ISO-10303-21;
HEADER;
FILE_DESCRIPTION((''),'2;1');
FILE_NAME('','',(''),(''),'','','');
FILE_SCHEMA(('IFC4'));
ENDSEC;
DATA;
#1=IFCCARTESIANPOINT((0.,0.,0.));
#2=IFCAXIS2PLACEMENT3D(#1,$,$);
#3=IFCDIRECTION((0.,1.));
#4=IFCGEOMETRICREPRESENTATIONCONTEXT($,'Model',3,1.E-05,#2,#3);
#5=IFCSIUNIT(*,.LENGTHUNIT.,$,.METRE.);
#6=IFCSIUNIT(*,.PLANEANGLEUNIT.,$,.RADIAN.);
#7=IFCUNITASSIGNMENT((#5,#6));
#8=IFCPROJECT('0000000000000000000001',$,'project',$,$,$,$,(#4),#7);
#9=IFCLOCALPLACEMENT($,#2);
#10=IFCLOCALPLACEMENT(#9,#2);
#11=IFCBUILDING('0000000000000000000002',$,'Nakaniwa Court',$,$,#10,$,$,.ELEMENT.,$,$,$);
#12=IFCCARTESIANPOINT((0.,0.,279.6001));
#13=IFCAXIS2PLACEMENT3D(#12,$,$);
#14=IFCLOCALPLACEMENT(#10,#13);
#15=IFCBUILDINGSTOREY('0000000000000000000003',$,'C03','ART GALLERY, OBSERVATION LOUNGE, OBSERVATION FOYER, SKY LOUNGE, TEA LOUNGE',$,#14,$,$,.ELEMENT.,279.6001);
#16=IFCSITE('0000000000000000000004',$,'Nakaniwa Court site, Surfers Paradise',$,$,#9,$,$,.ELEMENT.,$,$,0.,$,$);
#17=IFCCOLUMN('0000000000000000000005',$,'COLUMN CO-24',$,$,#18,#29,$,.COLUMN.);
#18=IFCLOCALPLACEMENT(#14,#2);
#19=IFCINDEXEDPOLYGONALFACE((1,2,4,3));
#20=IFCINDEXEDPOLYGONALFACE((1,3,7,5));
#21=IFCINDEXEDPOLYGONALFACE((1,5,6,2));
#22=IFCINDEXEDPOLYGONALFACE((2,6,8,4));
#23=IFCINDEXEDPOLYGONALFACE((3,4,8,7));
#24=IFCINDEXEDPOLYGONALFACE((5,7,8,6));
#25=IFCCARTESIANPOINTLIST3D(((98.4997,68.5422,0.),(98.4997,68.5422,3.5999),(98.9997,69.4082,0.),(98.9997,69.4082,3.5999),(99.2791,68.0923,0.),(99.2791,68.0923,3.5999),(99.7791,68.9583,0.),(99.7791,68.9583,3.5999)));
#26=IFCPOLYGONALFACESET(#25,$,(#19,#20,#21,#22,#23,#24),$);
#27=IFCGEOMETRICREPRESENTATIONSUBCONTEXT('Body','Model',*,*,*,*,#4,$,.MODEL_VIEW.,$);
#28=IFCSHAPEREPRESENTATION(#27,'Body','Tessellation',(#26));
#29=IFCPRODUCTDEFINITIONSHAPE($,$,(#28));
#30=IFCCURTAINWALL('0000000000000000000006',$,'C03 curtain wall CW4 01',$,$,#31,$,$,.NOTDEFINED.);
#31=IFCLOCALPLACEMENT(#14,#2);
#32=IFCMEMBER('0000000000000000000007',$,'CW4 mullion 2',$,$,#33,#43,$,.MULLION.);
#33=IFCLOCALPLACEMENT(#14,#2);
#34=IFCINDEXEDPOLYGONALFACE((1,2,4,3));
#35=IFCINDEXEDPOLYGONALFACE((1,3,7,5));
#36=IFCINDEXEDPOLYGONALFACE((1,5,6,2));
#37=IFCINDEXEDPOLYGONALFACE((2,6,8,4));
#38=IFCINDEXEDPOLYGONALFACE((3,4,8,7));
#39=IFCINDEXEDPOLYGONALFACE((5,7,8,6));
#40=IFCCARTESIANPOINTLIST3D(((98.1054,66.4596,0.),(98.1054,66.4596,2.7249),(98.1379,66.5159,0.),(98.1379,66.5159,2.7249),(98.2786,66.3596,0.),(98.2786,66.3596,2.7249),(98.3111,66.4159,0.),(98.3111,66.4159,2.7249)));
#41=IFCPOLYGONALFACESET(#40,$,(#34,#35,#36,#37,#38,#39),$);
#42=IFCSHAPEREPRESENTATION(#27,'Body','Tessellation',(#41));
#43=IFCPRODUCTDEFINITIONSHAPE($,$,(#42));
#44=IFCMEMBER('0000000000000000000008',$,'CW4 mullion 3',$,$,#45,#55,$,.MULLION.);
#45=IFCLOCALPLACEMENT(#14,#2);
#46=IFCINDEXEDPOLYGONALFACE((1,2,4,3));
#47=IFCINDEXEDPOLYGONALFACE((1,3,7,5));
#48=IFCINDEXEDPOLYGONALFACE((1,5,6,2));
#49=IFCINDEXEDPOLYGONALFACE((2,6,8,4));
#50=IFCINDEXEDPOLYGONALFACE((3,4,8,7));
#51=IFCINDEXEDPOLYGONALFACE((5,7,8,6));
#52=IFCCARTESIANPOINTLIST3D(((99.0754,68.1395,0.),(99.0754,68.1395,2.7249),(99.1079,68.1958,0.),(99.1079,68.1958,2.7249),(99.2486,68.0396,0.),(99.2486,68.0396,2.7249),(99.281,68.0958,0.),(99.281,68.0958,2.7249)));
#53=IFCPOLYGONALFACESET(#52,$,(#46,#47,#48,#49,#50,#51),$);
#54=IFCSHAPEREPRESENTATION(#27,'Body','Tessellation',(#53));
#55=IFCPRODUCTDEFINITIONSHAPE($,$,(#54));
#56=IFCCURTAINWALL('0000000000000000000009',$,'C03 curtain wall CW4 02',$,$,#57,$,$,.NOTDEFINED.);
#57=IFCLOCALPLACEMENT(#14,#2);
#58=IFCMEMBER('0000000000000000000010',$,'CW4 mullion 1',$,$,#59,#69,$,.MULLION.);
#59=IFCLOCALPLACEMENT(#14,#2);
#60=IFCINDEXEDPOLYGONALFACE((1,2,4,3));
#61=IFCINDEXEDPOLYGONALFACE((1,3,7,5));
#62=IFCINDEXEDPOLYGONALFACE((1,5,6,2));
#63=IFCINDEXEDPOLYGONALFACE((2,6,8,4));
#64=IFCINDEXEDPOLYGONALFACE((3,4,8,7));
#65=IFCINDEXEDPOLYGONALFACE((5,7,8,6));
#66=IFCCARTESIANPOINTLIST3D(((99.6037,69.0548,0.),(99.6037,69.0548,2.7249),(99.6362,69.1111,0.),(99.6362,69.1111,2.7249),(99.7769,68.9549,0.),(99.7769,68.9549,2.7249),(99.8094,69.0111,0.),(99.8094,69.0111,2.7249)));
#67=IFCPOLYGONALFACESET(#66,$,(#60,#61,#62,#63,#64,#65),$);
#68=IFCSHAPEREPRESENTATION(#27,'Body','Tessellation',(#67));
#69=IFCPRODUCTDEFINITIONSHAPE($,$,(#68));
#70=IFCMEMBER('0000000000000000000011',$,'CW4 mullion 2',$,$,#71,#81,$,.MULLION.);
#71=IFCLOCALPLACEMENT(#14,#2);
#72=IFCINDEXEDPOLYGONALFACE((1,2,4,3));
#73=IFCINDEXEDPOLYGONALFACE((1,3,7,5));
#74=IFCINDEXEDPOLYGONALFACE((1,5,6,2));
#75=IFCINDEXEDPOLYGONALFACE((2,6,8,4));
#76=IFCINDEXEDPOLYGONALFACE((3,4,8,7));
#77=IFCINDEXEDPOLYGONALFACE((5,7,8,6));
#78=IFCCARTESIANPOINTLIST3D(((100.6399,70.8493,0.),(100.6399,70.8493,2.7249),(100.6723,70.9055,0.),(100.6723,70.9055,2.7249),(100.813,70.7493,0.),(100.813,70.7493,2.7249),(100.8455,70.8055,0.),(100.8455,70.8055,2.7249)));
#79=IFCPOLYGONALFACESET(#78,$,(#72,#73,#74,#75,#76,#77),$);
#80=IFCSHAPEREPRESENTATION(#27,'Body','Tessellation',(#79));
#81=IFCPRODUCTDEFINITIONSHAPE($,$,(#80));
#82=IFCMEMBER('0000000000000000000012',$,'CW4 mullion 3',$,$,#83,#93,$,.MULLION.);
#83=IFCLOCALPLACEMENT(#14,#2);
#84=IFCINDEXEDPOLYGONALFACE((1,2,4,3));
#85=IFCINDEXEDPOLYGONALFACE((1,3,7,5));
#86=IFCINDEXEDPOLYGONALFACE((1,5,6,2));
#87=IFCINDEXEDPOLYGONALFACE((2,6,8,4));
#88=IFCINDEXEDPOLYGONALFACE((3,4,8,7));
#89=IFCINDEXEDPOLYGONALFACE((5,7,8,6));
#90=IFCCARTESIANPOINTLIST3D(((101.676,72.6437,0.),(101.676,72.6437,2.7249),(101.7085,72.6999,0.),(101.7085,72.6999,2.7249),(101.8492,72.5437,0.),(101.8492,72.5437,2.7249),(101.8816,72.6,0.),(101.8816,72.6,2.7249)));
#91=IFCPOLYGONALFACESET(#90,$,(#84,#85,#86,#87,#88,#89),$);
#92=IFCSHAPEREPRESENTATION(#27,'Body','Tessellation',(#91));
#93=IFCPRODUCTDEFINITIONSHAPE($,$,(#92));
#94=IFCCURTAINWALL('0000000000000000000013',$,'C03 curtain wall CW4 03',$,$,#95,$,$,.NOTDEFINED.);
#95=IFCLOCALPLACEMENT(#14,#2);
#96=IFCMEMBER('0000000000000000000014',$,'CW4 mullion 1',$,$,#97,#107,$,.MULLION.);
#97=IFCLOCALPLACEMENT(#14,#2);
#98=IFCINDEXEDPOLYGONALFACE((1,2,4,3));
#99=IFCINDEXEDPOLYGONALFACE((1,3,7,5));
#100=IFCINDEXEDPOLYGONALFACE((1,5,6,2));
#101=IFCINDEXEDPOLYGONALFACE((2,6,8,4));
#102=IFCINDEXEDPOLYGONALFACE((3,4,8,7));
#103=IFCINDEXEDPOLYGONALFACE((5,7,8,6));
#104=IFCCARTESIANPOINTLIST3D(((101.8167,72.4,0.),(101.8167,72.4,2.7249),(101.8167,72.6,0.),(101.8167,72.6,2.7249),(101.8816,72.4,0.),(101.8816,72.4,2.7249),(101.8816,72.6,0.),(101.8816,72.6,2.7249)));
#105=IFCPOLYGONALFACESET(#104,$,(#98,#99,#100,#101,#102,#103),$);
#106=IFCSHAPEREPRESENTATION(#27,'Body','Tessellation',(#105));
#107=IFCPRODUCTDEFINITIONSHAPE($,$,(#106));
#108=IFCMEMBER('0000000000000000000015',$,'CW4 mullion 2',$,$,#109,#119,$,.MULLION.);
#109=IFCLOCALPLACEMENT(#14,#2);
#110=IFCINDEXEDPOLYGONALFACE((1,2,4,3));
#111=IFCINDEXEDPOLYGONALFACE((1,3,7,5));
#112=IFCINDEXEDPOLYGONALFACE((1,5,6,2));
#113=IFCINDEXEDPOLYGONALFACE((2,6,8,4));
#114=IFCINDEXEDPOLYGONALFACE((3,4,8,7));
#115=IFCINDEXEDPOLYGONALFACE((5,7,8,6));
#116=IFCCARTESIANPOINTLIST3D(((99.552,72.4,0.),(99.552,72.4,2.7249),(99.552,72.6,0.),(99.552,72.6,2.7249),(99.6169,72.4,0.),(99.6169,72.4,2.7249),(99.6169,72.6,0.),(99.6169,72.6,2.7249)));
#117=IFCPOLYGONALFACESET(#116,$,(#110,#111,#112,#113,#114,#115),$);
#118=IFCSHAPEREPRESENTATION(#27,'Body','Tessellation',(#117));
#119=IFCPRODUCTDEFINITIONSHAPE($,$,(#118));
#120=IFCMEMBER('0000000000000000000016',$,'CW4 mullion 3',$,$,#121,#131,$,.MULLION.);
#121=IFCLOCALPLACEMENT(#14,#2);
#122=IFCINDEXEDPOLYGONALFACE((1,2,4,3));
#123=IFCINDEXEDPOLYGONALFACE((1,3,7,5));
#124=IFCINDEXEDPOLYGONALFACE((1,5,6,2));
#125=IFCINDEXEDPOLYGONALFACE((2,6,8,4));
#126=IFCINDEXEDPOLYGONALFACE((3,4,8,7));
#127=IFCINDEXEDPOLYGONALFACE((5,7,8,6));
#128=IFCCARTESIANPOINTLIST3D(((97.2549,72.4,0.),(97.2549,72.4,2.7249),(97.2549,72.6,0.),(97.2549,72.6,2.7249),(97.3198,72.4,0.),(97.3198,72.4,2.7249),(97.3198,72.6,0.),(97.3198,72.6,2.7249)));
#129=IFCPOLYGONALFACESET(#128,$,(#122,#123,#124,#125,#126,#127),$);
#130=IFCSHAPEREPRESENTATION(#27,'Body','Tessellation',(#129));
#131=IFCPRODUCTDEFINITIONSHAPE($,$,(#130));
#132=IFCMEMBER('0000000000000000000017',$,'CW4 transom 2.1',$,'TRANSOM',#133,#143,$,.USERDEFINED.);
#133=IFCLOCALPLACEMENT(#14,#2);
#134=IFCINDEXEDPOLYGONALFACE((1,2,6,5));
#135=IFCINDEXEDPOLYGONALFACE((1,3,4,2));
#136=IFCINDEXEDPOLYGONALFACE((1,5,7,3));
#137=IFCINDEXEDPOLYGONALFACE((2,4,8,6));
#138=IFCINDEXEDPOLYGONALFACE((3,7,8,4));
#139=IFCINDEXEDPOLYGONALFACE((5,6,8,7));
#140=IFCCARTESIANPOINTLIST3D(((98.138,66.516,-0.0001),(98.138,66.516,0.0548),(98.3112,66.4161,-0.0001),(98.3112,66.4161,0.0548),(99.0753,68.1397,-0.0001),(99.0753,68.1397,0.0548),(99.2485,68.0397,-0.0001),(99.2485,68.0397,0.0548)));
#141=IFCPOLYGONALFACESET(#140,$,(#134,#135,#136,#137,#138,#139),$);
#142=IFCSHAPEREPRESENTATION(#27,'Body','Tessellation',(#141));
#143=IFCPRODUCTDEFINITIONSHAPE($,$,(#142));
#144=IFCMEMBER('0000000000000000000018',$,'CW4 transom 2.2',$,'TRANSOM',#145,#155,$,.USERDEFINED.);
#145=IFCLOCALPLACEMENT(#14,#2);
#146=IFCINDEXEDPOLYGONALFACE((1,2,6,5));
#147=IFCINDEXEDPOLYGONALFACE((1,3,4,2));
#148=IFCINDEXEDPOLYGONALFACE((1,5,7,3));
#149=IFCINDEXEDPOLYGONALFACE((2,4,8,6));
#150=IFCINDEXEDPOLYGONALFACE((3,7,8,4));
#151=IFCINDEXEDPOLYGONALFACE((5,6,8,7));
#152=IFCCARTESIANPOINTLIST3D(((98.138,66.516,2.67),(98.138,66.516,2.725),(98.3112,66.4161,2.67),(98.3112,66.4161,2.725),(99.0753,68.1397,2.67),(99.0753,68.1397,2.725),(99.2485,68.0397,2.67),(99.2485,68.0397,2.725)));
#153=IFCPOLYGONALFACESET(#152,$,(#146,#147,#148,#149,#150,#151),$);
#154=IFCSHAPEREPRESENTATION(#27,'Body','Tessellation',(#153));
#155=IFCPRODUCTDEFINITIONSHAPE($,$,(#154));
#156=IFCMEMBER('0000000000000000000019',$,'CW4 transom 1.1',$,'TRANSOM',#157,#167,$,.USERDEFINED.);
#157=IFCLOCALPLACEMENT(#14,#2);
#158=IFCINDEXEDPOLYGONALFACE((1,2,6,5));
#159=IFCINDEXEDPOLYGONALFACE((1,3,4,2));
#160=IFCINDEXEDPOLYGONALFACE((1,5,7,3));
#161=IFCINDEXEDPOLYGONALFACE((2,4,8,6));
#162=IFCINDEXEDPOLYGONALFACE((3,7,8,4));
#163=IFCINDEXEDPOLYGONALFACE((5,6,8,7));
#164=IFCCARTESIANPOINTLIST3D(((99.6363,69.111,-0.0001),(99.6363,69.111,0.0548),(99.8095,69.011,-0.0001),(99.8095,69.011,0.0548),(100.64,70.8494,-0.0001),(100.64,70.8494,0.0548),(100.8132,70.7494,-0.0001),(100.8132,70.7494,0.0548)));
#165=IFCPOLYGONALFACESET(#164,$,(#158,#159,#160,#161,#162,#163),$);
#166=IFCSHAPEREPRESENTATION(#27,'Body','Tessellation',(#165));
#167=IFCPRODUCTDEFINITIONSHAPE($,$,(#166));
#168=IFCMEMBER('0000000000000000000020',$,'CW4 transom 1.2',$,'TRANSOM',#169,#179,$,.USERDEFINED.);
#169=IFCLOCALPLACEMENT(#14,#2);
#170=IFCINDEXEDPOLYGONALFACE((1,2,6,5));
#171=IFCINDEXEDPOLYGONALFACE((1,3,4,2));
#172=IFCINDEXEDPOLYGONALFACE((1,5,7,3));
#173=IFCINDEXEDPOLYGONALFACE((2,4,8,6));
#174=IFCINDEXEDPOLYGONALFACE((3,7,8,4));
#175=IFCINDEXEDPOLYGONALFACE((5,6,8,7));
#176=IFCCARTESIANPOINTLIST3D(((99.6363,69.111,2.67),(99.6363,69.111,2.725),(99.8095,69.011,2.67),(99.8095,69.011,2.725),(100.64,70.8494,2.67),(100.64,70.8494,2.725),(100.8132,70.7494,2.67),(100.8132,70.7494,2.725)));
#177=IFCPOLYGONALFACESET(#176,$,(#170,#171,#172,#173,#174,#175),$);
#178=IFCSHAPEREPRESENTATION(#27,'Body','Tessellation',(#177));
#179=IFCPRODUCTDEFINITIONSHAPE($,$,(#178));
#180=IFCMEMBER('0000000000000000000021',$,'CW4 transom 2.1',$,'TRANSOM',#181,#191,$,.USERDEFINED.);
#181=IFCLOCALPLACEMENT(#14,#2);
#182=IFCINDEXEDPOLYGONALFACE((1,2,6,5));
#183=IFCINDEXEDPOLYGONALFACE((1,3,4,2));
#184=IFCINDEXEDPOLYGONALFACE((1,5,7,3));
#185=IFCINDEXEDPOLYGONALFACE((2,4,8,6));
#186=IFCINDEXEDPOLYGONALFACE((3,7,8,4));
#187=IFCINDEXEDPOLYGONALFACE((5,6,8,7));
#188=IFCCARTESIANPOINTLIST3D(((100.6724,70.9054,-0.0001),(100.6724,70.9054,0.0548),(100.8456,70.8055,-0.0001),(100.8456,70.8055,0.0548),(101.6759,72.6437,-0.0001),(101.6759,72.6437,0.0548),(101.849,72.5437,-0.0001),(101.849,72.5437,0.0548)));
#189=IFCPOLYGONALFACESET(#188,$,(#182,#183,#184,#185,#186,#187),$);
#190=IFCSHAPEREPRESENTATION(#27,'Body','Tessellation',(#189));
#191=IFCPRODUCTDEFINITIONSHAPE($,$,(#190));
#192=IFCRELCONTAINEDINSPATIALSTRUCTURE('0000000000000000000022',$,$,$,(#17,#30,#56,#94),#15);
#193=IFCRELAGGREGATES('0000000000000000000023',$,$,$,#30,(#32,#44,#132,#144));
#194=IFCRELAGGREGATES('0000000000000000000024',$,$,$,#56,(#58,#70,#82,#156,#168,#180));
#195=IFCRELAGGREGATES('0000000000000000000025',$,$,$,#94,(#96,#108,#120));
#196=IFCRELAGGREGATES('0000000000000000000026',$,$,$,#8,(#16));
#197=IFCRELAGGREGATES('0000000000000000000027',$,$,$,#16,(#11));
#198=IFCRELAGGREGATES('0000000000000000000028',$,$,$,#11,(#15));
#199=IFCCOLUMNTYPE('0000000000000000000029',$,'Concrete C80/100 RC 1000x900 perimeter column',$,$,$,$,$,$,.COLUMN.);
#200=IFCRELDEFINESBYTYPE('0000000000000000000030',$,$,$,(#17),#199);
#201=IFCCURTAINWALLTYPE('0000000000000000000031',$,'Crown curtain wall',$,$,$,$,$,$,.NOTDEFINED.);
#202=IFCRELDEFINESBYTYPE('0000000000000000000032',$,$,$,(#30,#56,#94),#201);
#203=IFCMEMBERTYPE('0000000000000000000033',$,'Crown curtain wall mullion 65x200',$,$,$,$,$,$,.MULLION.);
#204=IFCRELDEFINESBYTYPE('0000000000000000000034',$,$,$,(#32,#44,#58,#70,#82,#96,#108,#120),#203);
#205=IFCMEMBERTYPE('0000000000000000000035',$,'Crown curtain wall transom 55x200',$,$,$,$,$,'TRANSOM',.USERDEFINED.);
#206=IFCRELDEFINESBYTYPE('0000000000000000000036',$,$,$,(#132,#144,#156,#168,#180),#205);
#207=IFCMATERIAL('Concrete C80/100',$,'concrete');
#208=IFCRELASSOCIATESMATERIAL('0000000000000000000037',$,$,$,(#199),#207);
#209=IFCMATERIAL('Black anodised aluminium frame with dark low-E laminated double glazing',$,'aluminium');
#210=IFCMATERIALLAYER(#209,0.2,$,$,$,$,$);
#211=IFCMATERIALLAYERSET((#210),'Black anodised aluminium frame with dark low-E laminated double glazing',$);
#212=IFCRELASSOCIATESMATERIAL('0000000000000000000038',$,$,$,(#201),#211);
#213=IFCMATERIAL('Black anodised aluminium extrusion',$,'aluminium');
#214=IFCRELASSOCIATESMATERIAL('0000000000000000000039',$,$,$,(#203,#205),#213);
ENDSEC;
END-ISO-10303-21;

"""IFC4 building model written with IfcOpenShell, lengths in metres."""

from ifc_helpers import new_model, si_unit, direction, frame, origin, origin_2d, place, context, subcontext, project, spatial, rectangle, extrude, material, layer, layer_set, material_profile, profile_set, type_object, element, aggregate, save


model = new_model("IFC4")

# Units and contexts
model_context = context("Model", 3, precision=1e-05, world=origin(), true_north=direction((0.0, 1.0)))
body_context = subcontext(model_context, "Body", "Model", "MODEL_VIEW")
ifc_project = project(units=[si_unit("LENGTHUNIT", "METRE"), si_unit("PLANEANGLEUNIT", "RADIAN")], contexts=[model_context])

# Site, building, storey
site_placement = place(None, origin())
site = spatial("IfcSite", under=ifc_project, at=site_placement, Name="Nakaniwa Court site, Surfers Paradise", CompositionType="ELEMENT", RefElevation=0.0)
building_placement = place(site_placement, origin())
building = spatial("IfcBuilding", under=site, at=building_placement, Name="Nakaniwa Court", CompositionType="ELEMENT")
storey_placement = place(building_placement, frame((0.0, 0.0, 279.6001)))
storey = spatial("IfcBuildingStorey", under=building, at=storey_placement, Name="C03", Description="ART GALLERY, OBSERVATION LOUNGE, OBSERVATION FOYER, SKY LOUNGE, TEA LOUNGE", CompositionType="ELEMENT", Elevation=279.6001)

# Column
ifc_material_1 = material(Name="Concrete C80/100", Category="concrete")
ifc_material_profile_1 = material_profile(ifc_material_1, rectangle(XDim=1.0, YDim=0.8999, at=origin_2d()), Name="Concrete C80/100 RC 1000x900 perimeter column")
ifc_profile_set_1 = profile_set([ifc_material_profile_1], Name="Concrete C80/100")
column_type = type_object("IfcColumnType", Name="Concrete C80/100 RC 1000x900 perimeter column", PredefinedType="COLUMN", material=ifc_profile_set_1)
column_placement = place(storey_placement, frame((99.1394, 68.7502, 0.0), z_axis=(0.0, 0.0, 1.0), x_axis=(0.5, 0.866025, 0.0)))
element("IfcColumn", 1, at=column_placement, inside=storey, type_object=column_type, Name="COLUMN CO-24", PredefinedType="COLUMN", context=body_context, shape_type="SweptSolid", body=[
    extrude(rectangle(XDim=1.0, YDim=0.8999, at=origin_2d()), origin(), (0.0, 0.0, 1.0), 3.5999),
])

# Curtain walls, members
ifc_material_2 = material(Name="Black anodised aluminium frame with dark low-E laminated double glazing", Category="aluminium")
ifc_layer_1 = layer(ifc_material_2, 0.2)
ifc_layer_set_1 = layer_set([ifc_layer_1], Name="Black anodised aluminium frame with dark low-E laminated double glazing")
curtain_wall_type = type_object("IfcCurtainWallType", Name="Crown curtain wall", PredefinedType="NOTDEFINED", material=ifc_layer_set_1)
curtain_wall_1_placement = place(storey_placement, origin())
curtain_wall_1 = element("IfcCurtainWall", 2, at=curtain_wall_1_placement, inside=storey, type_object=curtain_wall_type, Name="C03 curtain wall CW4 01", PredefinedType="NOTDEFINED")
ifc_material_3 = material(Name="Black anodised aluminium extrusion", Category="aluminium")
ifc_material_profile_2 = material_profile(ifc_material_3, rectangle(XDim=0.2, YDim=0.0649, at=origin_2d()), Name="Crown curtain wall mullion 65x200")
ifc_profile_set_2 = profile_set([ifc_material_profile_2], Name="Black anodised aluminium extrusion")
member_type_1 = type_object("IfcMemberType", Name="Crown curtain wall mullion 65x200", PredefinedType="MULLION", material=ifc_profile_set_2)
member_1_placement = place(storey_placement, frame((98.2083, 66.4377, 0.0), z_axis=(0.0, 0.0, 1.0), x_axis=(-0.866033, 0.499987, 0.0)))
member_1 = element("IfcMember", 3, at=member_1_placement, type_object=member_type_1, Name="CW4 mullion 2", PredefinedType="MULLION", context=body_context, shape_type="SweptSolid", body=[
    extrude(rectangle(XDim=0.2, YDim=0.0649, at=origin_2d()), origin(), (0.0, 0.0, 1.0), 2.7249),
])
member_2_placement = place(storey_placement, frame((99.1782, 68.1177, 0.0), z_axis=(0.0, 0.0, 1.0), x_axis=(-0.866033, 0.499987, 0.0)))
member_2 = element("IfcMember", 4, at=member_2_placement, type_object=member_type_1, Name="CW4 mullion 3", PredefinedType="MULLION", context=body_context, shape_type="SweptSolid", body=[
    extrude(rectangle(XDim=0.2, YDim=0.0649, at=origin_2d()), origin(), (0.0, 0.0, 1.0), 2.7249),
])
curtain_wall_2_placement = place(storey_placement, origin())
curtain_wall_2 = element("IfcCurtainWall", 5, at=curtain_wall_2_placement, inside=storey, type_object=curtain_wall_type, Name="C03 curtain wall CW4 02", PredefinedType="NOTDEFINED")
member_3_placement = place(storey_placement, frame((99.7065, 69.033, 0.0), z_axis=(0.0, 0.0, 1.0), x_axis=(-0.866021, 0.500008, 0.0)))
member_3 = element("IfcMember", 6, at=member_3_placement, type_object=member_type_1, Name="CW4 mullion 1", PredefinedType="MULLION", context=body_context, shape_type="SweptSolid", body=[
    extrude(rectangle(XDim=0.2, YDim=0.0649, at=origin_2d()), origin(), (0.0, 0.0, 1.0), 2.7249),
])
member_4_placement = place(storey_placement, frame((100.7427, 70.8274, 0.0), z_axis=(0.0, 0.0, 1.0), x_axis=(-0.866021, 0.500008, 0.0)))
member_4 = element("IfcMember", 7, at=member_4_placement, type_object=member_type_1, Name="CW4 mullion 2", PredefinedType="MULLION", context=body_context, shape_type="SweptSolid", body=[
    extrude(rectangle(XDim=0.2, YDim=0.0649, at=origin_2d()), origin(), (0.0, 0.0, 1.0), 2.7249),
])
member_5_placement = place(storey_placement, frame((101.7788, 72.6218, 0.0), z_axis=(0.0, 0.0, 1.0), x_axis=(-0.866021, 0.500008, 0.0)))
member_5 = element("IfcMember", 8, at=member_5_placement, type_object=member_type_1, Name="CW4 mullion 3", PredefinedType="MULLION", context=body_context, shape_type="SweptSolid", body=[
    extrude(rectangle(XDim=0.2, YDim=0.0649, at=origin_2d()), origin(), (0.0, 0.0, 1.0), 2.7249),
])
curtain_wall_3_placement = place(storey_placement, origin())
curtain_wall_3 = element("IfcCurtainWall", 9, at=curtain_wall_3_placement, inside=storey, type_object=curtain_wall_type, Name="C03 curtain wall CW4 03", PredefinedType="NOTDEFINED")
member_6_placement = place(storey_placement, frame((101.8491, 72.5, 0.0), z_axis=(0.0, 0.0, 1.0), x_axis=(0.0, -1.0, 0.0)))
member_6 = element("IfcMember", 10, at=member_6_placement, type_object=member_type_1, Name="CW4 mullion 1", PredefinedType="MULLION", context=body_context, shape_type="SweptSolid", body=[
    extrude(rectangle(XDim=0.2, YDim=0.0649, at=origin_2d()), origin(), (0.0, 0.0, 1.0), 2.7249),
])
member_7_placement = place(storey_placement, frame((99.5845, 72.5, 0.0), z_axis=(0.0, 0.0, 1.0), x_axis=(0.0, -1.0, 0.0)))
member_7 = element("IfcMember", 11, at=member_7_placement, type_object=member_type_1, Name="CW4 mullion 2", PredefinedType="MULLION", context=body_context, shape_type="SweptSolid", body=[
    extrude(rectangle(XDim=0.2, YDim=0.0649, at=origin_2d()), origin(), (0.0, 0.0, 1.0), 2.7249),
])
member_8_placement = place(storey_placement, frame((97.2874, 72.5, 0.0), z_axis=(0.0, 0.0, 1.0), x_axis=(0.0, -1.0, 0.0)))
member_8 = element("IfcMember", 12, at=member_8_placement, type_object=member_type_1, Name="CW4 mullion 3", PredefinedType="MULLION", context=body_context, shape_type="SweptSolid", body=[
    extrude(rectangle(XDim=0.2, YDim=0.0649, at=origin_2d()), origin(), (0.0, 0.0, 1.0), 2.7249),
])

# Members
ifc_material_profile_3 = material_profile(ifc_material_3, rectangle(XDim=0.2, YDim=0.0549, at=origin_2d()), Name="Crown curtain wall transom 55x200")
ifc_profile_set_3 = profile_set([ifc_material_profile_3], Name="Black anodised aluminium extrusion")
member_type_2 = type_object("IfcMemberType", Name="Crown curtain wall transom 55x200", ElementType="TRANSOM", PredefinedType="USERDEFINED", material=ifc_profile_set_3)
member_9_placement = place(storey_placement, frame((98.2246, 66.4661, 0.0273), z_axis=(0.499963, 0.866047, 0.0), x_axis=(-0.866047, 0.499963, 0.0)))
member_9 = element("IfcMember", 13, at=member_9_placement, type_object=member_type_2, Name="CW4 transom 2.1", ObjectType="TRANSOM", PredefinedType="USERDEFINED", context=body_context, shape_type="SweptSolid", body=[
    extrude(rectangle(XDim=0.2, YDim=0.0549, at=origin_2d()), origin(), (0.0, 0.0, 1.0), 1.8748),
])
member_10_placement = place(storey_placement, frame((98.2246, 66.4661, 2.6975), z_axis=(0.499963, 0.866047, 0.0), x_axis=(-0.866047, 0.499963, 0.0)))
member_10 = element("IfcMember", 14, at=member_10_placement, type_object=member_type_2, Name="CW4 transom 2.2", ObjectType="TRANSOM", PredefinedType="USERDEFINED", context=body_context, shape_type="SweptSolid", body=[
    extrude(rectangle(XDim=0.2, YDim=0.0549, at=origin_2d()), origin(), (0.0, 0.0, 1.0), 1.8748),
])
member_11_placement = place(storey_placement, frame((99.7229, 69.061, 0.0273), z_axis=(0.500024, 0.866011, 0.0), x_axis=(-0.866011, 0.500024, 0.0)))
member_11 = element("IfcMember", 15, at=member_11_placement, type_object=member_type_2, Name="CW4 transom 1.1", ObjectType="TRANSOM", PredefinedType="USERDEFINED", context=body_context, shape_type="SweptSolid", body=[
    extrude(rectangle(XDim=0.2, YDim=0.0549, at=origin_2d()), origin(), (0.0, 0.0, 1.0), 2.0073),
])
member_12_placement = place(storey_placement, frame((99.7229, 69.061, 2.6975), z_axis=(0.500024, 0.866011, 0.0), x_axis=(-0.866011, 0.500024, 0.0)))
member_12 = element("IfcMember", 16, at=member_12_placement, type_object=member_type_2, Name="CW4 transom 1.2", ObjectType="TRANSOM", PredefinedType="USERDEFINED", context=body_context, shape_type="SweptSolid", body=[
    extrude(rectangle(XDim=0.2, YDim=0.0549, at=origin_2d()), origin(), (0.0, 0.0, 1.0), 2.0073),
])
member_13_placement = place(storey_placement, frame((100.759, 70.8555, 0.0273), z_axis=(0.499933, 0.866064, 0.0), x_axis=(-0.866064, 0.499933, 0.0)))
member_13 = element("IfcMember", 17, at=member_13_placement, type_object=member_type_2, Name="CW4 transom 2.1", ObjectType="TRANSOM", PredefinedType="USERDEFINED", context=body_context, shape_type="SweptSolid", body=[
    extrude(rectangle(XDim=0.2, YDim=0.0549, at=origin_2d()), origin(), (0.0, 0.0, 1.0), 2.0071),
])

aggregate(curtain_wall_1, [member_1, member_2, member_9, member_10])
aggregate(curtain_wall_2, [member_3, member_4, member_5, member_11, member_12, member_13])
aggregate(curtain_wall_3, [member_6, member_7, member_8])

save(model, "model.ifc")
